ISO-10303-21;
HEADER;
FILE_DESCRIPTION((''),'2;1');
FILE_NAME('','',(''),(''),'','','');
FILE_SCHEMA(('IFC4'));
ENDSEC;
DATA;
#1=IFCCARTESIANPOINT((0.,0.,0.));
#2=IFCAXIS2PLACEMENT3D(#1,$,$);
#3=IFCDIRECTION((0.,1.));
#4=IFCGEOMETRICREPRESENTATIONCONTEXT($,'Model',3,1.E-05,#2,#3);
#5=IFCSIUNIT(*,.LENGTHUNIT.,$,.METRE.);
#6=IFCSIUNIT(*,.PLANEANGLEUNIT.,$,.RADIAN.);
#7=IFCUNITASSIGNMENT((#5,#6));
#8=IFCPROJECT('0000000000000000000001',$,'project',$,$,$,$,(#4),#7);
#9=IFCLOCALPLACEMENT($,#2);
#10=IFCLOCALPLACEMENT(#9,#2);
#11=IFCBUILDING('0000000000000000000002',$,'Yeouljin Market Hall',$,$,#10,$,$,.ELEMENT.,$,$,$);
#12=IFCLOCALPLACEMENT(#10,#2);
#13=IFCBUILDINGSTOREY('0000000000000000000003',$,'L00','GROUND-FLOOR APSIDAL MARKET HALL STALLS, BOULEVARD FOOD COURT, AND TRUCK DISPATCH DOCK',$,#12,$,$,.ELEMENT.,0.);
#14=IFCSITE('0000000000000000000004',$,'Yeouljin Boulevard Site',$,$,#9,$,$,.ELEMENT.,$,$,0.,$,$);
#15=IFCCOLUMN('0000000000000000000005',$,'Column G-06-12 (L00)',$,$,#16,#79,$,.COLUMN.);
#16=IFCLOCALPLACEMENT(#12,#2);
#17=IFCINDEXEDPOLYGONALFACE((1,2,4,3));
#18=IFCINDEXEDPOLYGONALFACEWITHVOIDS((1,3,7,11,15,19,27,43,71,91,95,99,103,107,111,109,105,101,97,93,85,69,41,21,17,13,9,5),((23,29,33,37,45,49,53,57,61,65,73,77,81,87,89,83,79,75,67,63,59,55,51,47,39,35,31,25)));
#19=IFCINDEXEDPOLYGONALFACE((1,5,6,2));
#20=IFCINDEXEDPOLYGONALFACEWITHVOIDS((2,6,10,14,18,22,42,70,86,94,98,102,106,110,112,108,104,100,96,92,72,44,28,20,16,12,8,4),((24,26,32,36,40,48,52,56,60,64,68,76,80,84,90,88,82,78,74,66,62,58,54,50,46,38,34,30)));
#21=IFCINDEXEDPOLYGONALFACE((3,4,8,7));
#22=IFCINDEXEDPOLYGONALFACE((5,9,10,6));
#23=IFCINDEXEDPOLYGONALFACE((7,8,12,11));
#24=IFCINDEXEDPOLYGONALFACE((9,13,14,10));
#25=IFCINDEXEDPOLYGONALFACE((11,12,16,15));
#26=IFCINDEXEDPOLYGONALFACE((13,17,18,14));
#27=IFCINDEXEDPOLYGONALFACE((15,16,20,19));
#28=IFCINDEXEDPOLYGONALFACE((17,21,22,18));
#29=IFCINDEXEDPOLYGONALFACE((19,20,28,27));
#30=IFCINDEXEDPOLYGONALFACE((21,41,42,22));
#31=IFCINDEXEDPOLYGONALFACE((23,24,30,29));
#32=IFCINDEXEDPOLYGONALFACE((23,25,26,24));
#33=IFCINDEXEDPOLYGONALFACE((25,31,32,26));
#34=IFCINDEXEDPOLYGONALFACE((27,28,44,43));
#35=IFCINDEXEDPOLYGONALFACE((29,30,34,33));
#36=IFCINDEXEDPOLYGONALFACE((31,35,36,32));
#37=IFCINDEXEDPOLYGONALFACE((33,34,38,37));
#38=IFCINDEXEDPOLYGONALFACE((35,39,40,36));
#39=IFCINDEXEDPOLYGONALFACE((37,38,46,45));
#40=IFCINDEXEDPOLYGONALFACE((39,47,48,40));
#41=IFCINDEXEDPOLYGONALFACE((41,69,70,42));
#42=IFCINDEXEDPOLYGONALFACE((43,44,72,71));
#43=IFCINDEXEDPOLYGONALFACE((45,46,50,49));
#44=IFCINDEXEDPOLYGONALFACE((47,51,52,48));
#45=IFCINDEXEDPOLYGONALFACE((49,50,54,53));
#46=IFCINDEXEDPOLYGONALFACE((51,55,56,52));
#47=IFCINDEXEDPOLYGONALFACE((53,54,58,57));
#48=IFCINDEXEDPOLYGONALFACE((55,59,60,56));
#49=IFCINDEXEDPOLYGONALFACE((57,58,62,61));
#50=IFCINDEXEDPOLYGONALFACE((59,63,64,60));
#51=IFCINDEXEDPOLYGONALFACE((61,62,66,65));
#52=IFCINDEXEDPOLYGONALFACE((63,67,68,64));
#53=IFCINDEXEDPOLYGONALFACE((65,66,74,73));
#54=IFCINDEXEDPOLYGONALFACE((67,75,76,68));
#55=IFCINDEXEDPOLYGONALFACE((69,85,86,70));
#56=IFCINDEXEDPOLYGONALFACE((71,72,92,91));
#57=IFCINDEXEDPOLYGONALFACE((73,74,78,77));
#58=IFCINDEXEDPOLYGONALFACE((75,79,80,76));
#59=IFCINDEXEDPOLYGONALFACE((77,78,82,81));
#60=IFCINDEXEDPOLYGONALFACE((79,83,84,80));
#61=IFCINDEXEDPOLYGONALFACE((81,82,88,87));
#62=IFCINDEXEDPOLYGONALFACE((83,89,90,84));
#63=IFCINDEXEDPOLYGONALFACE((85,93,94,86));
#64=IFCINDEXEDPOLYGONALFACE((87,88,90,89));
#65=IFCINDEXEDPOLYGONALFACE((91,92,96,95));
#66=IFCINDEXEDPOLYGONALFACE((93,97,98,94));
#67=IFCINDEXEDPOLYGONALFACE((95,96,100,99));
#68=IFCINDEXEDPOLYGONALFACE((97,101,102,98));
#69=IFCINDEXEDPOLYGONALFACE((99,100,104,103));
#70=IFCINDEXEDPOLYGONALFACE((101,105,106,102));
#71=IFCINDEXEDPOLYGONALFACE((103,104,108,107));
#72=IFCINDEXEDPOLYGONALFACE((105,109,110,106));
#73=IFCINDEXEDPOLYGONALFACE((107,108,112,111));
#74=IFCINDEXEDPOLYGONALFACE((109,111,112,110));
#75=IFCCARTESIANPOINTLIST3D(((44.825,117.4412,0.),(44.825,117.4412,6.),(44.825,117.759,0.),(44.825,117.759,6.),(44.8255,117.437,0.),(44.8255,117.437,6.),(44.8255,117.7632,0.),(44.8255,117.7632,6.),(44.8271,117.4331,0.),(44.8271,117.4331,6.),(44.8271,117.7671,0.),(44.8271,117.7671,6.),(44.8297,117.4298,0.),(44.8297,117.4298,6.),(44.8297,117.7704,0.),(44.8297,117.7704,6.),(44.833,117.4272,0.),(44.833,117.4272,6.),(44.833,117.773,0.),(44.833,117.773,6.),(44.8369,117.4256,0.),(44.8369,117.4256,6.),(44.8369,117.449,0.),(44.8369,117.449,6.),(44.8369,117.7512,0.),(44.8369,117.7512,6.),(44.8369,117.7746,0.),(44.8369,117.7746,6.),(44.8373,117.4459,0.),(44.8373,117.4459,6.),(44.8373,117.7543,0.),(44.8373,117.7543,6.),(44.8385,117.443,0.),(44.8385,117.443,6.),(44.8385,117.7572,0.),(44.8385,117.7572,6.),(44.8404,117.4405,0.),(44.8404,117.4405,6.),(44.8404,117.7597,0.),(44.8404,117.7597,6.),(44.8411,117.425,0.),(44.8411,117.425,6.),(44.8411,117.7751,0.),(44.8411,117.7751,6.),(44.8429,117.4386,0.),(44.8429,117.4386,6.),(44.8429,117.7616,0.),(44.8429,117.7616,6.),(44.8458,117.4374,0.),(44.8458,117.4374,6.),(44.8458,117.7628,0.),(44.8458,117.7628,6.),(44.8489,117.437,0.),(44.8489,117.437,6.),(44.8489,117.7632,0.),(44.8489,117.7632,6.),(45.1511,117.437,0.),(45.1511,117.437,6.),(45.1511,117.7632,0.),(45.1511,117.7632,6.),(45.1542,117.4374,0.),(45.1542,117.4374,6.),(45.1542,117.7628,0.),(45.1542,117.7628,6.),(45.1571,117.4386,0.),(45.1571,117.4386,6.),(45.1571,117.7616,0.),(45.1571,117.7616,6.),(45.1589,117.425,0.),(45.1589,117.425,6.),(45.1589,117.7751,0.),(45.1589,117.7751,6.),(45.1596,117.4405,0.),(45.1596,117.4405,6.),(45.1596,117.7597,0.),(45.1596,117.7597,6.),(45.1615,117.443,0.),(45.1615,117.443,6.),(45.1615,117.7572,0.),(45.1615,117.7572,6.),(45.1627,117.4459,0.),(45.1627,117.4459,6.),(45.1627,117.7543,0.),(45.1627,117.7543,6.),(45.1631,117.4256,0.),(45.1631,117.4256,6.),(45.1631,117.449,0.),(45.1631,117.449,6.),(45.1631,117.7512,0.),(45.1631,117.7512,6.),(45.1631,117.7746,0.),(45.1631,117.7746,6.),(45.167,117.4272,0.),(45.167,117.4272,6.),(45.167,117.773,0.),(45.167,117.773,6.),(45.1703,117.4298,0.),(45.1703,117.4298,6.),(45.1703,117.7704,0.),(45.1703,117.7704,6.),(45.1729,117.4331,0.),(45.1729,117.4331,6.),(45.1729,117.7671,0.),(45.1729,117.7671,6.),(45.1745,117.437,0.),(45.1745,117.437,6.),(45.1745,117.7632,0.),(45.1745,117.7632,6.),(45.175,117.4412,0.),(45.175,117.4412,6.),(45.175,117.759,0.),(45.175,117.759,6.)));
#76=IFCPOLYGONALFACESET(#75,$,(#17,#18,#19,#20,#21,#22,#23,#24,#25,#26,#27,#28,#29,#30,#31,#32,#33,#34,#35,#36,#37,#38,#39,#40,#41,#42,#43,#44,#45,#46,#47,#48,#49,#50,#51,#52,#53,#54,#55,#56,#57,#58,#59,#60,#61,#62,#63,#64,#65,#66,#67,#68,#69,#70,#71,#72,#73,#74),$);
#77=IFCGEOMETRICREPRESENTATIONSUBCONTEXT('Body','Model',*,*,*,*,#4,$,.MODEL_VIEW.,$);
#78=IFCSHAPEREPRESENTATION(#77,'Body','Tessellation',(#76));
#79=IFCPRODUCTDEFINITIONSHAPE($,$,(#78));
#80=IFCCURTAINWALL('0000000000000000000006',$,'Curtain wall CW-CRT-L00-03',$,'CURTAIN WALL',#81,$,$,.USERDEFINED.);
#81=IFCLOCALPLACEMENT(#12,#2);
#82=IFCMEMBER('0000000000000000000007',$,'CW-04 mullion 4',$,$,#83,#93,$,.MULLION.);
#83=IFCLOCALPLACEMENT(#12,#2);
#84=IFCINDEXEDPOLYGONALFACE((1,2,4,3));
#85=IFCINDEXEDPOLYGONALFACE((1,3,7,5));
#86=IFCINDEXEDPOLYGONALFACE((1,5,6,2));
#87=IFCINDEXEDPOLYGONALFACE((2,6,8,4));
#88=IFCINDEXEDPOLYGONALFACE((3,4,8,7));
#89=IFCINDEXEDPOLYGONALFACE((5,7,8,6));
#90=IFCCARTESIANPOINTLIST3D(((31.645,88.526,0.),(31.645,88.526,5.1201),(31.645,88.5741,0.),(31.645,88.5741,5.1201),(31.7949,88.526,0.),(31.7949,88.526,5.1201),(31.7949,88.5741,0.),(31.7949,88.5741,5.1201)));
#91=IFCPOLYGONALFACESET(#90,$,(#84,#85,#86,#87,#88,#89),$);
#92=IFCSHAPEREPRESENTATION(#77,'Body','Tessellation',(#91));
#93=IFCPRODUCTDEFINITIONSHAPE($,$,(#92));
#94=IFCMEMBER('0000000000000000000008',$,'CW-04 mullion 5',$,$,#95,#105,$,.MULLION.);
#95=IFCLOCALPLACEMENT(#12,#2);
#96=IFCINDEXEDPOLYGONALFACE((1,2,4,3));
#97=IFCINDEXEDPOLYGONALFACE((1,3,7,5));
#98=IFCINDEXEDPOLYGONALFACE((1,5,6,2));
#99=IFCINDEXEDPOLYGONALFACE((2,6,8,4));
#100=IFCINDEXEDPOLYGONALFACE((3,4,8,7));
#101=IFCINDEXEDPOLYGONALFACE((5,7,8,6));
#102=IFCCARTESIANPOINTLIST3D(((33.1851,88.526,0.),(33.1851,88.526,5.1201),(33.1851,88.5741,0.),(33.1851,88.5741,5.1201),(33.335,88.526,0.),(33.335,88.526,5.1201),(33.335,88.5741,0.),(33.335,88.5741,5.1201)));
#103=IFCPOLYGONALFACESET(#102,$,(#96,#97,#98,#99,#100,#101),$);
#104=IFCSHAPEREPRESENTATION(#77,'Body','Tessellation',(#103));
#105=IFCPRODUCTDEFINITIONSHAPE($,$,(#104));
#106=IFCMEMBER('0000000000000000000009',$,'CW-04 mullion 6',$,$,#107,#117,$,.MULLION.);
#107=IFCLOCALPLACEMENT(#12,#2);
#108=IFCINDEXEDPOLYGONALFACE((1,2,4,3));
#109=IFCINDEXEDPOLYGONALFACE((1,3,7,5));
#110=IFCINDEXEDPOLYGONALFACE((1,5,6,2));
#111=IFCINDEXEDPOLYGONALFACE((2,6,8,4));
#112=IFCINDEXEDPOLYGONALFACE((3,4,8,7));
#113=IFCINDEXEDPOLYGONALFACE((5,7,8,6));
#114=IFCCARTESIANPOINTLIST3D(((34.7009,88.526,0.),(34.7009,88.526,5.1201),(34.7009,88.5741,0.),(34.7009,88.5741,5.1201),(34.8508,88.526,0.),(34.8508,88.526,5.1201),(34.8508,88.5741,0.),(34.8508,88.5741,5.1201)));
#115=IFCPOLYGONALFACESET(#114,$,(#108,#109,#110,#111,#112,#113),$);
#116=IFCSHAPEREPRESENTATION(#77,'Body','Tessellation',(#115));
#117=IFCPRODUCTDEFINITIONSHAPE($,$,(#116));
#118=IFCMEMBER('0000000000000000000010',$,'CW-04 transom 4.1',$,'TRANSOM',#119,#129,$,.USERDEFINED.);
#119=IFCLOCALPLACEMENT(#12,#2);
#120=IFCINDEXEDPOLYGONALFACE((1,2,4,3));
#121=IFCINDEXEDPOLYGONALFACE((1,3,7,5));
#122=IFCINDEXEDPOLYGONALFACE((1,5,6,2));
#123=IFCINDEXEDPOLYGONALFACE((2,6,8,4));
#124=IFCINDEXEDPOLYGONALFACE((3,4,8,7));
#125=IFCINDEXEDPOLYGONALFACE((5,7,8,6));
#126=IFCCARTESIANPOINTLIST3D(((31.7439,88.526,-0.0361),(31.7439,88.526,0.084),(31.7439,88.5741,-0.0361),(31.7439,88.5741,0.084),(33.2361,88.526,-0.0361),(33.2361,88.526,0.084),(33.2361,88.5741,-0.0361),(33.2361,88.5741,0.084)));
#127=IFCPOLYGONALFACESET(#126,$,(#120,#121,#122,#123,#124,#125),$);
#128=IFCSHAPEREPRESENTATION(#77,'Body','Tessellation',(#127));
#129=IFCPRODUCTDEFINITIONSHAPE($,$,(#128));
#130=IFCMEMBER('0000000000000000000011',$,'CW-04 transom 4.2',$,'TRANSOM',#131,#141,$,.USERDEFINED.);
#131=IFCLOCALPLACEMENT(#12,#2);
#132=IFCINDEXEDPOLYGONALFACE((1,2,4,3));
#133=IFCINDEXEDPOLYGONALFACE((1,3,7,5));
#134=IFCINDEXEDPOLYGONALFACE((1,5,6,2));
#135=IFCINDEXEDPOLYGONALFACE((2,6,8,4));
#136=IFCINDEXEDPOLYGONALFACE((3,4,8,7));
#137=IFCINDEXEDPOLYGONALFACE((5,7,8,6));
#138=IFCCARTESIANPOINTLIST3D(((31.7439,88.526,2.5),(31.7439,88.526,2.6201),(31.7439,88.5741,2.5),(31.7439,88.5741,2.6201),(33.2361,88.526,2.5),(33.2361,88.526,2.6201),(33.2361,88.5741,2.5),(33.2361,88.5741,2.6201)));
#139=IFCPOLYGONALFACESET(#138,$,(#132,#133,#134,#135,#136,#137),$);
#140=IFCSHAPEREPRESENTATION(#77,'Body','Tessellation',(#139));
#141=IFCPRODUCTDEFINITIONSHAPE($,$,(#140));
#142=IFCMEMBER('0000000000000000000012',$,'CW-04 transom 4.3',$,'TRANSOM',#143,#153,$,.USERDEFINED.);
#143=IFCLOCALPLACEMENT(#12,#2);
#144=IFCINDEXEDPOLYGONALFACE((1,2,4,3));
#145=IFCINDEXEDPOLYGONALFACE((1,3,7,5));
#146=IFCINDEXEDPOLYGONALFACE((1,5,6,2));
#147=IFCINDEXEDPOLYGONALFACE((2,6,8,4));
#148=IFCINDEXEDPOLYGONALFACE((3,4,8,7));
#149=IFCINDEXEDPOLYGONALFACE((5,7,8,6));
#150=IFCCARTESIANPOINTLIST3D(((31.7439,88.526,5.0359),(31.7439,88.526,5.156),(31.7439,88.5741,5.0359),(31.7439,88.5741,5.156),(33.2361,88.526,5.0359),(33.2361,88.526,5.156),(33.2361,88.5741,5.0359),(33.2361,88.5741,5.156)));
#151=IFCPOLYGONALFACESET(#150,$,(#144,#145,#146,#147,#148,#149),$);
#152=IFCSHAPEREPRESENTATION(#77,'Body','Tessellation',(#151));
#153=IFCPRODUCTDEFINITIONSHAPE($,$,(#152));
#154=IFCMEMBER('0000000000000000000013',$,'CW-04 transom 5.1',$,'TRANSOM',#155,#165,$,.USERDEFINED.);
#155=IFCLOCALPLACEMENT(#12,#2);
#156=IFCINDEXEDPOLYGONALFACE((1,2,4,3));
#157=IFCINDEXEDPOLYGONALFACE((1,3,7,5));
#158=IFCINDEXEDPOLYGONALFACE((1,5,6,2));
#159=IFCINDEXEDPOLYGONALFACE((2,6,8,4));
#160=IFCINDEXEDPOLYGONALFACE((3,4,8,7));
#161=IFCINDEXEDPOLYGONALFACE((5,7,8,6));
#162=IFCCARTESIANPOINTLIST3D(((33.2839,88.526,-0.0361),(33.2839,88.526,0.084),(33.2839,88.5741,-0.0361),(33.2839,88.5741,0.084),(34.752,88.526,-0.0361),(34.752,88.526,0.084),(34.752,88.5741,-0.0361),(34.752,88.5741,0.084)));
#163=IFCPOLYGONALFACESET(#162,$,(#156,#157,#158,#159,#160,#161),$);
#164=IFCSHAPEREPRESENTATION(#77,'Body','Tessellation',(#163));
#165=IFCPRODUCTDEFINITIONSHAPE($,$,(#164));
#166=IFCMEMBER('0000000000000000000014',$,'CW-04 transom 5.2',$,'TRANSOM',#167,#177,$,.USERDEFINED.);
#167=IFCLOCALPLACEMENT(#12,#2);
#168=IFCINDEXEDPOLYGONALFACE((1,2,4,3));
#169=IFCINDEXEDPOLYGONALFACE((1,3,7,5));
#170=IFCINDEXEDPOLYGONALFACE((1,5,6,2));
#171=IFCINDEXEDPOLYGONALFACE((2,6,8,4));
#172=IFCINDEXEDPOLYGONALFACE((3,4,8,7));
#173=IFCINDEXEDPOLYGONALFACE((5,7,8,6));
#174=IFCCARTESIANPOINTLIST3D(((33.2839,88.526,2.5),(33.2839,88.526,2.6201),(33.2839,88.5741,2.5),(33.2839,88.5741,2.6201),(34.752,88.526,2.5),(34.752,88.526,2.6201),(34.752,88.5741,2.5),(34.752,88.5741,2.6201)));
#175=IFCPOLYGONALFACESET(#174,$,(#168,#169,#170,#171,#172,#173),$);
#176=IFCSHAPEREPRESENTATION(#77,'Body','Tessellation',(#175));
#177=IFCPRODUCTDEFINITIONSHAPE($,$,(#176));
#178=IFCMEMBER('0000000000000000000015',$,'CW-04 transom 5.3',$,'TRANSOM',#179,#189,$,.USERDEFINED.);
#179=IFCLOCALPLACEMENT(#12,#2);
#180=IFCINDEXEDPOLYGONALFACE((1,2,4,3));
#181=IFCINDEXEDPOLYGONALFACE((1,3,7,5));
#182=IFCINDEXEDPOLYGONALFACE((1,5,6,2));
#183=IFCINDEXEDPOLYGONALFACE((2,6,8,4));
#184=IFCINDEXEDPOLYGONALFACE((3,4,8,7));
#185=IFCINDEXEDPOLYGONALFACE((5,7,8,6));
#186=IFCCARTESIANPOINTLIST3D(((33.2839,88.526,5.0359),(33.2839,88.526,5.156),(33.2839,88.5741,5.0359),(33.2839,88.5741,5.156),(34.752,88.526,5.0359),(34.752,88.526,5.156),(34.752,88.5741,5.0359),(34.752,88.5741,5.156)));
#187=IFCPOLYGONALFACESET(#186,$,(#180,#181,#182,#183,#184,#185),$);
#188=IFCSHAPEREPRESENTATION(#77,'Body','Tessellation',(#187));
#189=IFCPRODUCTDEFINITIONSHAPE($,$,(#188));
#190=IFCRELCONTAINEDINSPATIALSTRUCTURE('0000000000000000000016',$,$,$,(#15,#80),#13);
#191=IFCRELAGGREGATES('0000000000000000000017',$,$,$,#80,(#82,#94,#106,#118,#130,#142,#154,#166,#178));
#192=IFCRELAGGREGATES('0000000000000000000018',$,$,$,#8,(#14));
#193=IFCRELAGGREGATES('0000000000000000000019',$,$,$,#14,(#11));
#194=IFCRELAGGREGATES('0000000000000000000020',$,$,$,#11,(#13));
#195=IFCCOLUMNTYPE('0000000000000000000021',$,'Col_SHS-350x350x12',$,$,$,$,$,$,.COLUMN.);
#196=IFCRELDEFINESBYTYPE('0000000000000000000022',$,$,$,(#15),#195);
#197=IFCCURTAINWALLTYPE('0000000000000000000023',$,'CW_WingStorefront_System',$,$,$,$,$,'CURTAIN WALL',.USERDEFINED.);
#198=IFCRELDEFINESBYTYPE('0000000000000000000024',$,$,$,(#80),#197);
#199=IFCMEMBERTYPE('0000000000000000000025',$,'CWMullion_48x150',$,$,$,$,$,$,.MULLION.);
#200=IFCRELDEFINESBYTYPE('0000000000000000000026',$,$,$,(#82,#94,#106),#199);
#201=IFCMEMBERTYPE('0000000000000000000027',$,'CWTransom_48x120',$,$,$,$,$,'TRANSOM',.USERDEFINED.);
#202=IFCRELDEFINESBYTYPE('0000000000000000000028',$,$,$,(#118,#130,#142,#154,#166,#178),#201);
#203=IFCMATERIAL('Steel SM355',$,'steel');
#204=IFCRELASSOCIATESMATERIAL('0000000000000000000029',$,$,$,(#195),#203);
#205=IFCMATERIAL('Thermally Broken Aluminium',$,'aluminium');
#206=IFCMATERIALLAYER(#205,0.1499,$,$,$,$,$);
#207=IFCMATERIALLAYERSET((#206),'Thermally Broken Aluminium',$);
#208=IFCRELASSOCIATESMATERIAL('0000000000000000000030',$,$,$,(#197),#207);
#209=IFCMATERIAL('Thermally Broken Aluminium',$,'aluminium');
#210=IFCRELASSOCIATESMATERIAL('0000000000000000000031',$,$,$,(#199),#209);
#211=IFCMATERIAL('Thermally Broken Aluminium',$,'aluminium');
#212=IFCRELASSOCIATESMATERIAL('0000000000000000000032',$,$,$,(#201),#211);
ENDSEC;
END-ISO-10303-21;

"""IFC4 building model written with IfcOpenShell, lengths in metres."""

from ifc_helpers import new_model, si_unit, direction, frame, origin, origin_2d, place, context, subcontext, project, spatial, rectangle, hollow_rectangle, extrude, material, layer, layer_set, material_profile, profile_set, type_object, element, aggregate, save


model = new_model("IFC4")

# Units and contexts
model_context = context("Model", 3, precision=1e-05, world=origin(), true_north=direction((0.0, 1.0)))
body_context = subcontext(model_context, "Body", "Model", "MODEL_VIEW")
ifc_project = project(units=[si_unit("LENGTHUNIT", "METRE"), si_unit("PLANEANGLEUNIT", "RADIAN")], contexts=[model_context])

# Site, building, storey
site_placement = place(None, origin())
site = spatial("IfcSite", under=ifc_project, at=site_placement, Name="Yeouljin Boulevard Site", CompositionType="ELEMENT", RefElevation=0.0)
building_placement = place(site_placement, origin())
building = spatial("IfcBuilding", under=site, at=building_placement, Name="Yeouljin Market Hall", CompositionType="ELEMENT")
storey_placement = place(building_placement, origin())
storey = spatial("IfcBuildingStorey", under=building, at=storey_placement, Name="L00", Description="GROUND-FLOOR APSIDAL MARKET HALL STALLS, BOULEVARD FOOD COURT, AND TRUCK DISPATCH DOCK", CompositionType="ELEMENT", Elevation=0.0)

# Column
ifc_material_1 = material(Name="Steel SM355", Category="steel")
ifc_material_profile_1 = material_profile(ifc_material_1, hollow_rectangle(XDim=0.3501, YDim=0.3501, WallThickness=0.012, InnerFilletRadius=0.012, OuterFilletRadius=0.0161, at=origin_2d()), Name="SHS-350x350x12")
ifc_profile_set_1 = profile_set([ifc_material_profile_1], Name="Steel SM355")
column_type_1 = type_object("IfcColumnType", Name="Col_SHS-350x350x12", PredefinedType="COLUMN", material=ifc_profile_set_1)
for number, where, z_axis, x_axis, name in (
    (1, (45.0, 117.6001, 0.0), (0.0, 0.0, 1.0), (1.0, 0.0, 0.0), "Column G-06-12 (L00)"),
):
    element("IfcColumn", number, at=place(storey_placement, frame(where, z_axis=z_axis, x_axis=x_axis)), inside=storey, type_object=column_type_1, Name=name, PredefinedType="COLUMN", context=body_context, shape_type="SweptSolid", body=[
        extrude(hollow_rectangle(XDim=0.3501, YDim=0.3501, WallThickness=0.012, InnerFilletRadius=0.012, OuterFilletRadius=0.0161, at=origin_2d()), origin(), (0.0, 0.0, 1.0), 6.0),
    ])

# Curtain wall, members
ifc_material_2 = material(Name="Thermally Broken Aluminium", Category="aluminium")
ifc_layer_1 = layer(ifc_material_2, 0.1499)
ifc_layer_set_1 = layer_set([ifc_layer_1], Name="Thermally Broken Aluminium")
curtain_wall_type = type_object("IfcCurtainWallType", Name="CW_WingStorefront_System", ElementType="CURTAIN WALL", PredefinedType="USERDEFINED", material=ifc_layer_set_1)
curtain_wall_placement = place(storey_placement, origin())
curtain_wall = element("IfcCurtainWall", 2, at=curtain_wall_placement, inside=storey, type_object=curtain_wall_type, Name="Curtain wall CW-CRT-L00-03", ObjectType="CURTAIN WALL", PredefinedType="USERDEFINED")
ifc_material_3 = material(Name="Thermally Broken Aluminium", Category="aluminium")
ifc_material_profile_2 = material_profile(ifc_material_3, rectangle(XDim=0.0481, YDim=0.1499, at=origin_2d()), Name="CW-MULL-48x150")
ifc_profile_set_2 = profile_set([ifc_material_profile_2], Name="Thermally Broken Aluminium")
member_type_1 = type_object("IfcMemberType", Name="CWMullion_48x150", PredefinedType="MULLION", material=ifc_profile_set_2)
member_1_placement = place(storey_placement, frame((31.72, 88.55, 0.0), z_axis=(0.0, 0.0, 1.0), x_axis=(0.0, 1.0, 0.0)))
member_1 = element("IfcMember", 3, at=member_1_placement, type_object=member_type_1, Name="CW-04 mullion 4", PredefinedType="MULLION", context=body_context, shape_type="SweptSolid", body=[
    extrude(rectangle(XDim=0.0481, YDim=0.1499, at=origin_2d()), origin(), (0.0, 0.0, 1.0), 5.1201),
])
member_2_placement = place(storey_placement, frame((33.26, 88.55, 0.0), z_axis=(0.0, 0.0, 1.0), x_axis=(0.0, 1.0, 0.0)))
member_2 = element("IfcMember", 4, at=member_2_placement, type_object=member_type_1, Name="CW-04 mullion 5", PredefinedType="MULLION", context=body_context, shape_type="SweptSolid", body=[
    extrude(rectangle(XDim=0.0481, YDim=0.1499, at=origin_2d()), origin(), (0.0, 0.0, 1.0), 5.1201),
])
member_3_placement = place(storey_placement, frame((34.7759, 88.55, 0.0), z_axis=(0.0, 0.0, 1.0), x_axis=(0.0, 1.0, 0.0)))
member_3 = element("IfcMember", 5, at=member_3_placement, type_object=member_type_1, Name="CW-04 mullion 6", PredefinedType="MULLION", context=body_context, shape_type="SweptSolid", body=[
    extrude(rectangle(XDim=0.0481, YDim=0.1499, at=origin_2d()), origin(), (0.0, 0.0, 1.0), 5.1201),
])
ifc_material_4 = material(Name="Thermally Broken Aluminium", Category="aluminium")
ifc_material_profile_3 = material_profile(ifc_material_4, rectangle(XDim=0.0481, YDim=0.1201, at=origin_2d()), Name="CW-TRAN-48x120")
ifc_profile_set_3 = profile_set([ifc_material_profile_3], Name="Thermally Broken Aluminium")
member_type_2 = type_object("IfcMemberType", Name="CWTransom_48x120", ElementType="TRANSOM", PredefinedType="USERDEFINED", material=ifc_profile_set_3)
member_4_placement = place(storey_placement, frame((31.7439, 88.55, 0.0239), z_axis=(1.0, 0.0, 0.0), x_axis=(0.0, 1.0, 0.0)))
member_4 = element("IfcMember", 6, at=member_4_placement, type_object=member_type_2, Name="CW-04 transom 4.1", ObjectType="TRANSOM", PredefinedType="USERDEFINED", context=body_context, shape_type="SweptSolid", body=[
    extrude(rectangle(XDim=0.0481, YDim=0.1201, at=origin_2d()), origin(), (0.0, 0.0, 1.0), 1.4922),
])
member_5_placement = place(storey_placement, frame((31.7439, 88.55, 2.5601), z_axis=(1.0, 0.0, 0.0), x_axis=(0.0, 1.0, 0.0)))
member_5 = element("IfcMember", 7, at=member_5_placement, type_object=member_type_2, Name="CW-04 transom 4.2", ObjectType="TRANSOM", PredefinedType="USERDEFINED", context=body_context, shape_type="SweptSolid", body=[
    extrude(rectangle(XDim=0.0481, YDim=0.1201, at=origin_2d()), origin(), (0.0, 0.0, 1.0), 1.4922),
])
member_6_placement = place(storey_placement, frame((31.7439, 88.55, 5.0959), z_axis=(1.0, 0.0, 0.0), x_axis=(0.0, 1.0, 0.0)))
member_6 = element("IfcMember", 8, at=member_6_placement, type_object=member_type_2, Name="CW-04 transom 4.3", ObjectType="TRANSOM", PredefinedType="USERDEFINED", context=body_context, shape_type="SweptSolid", body=[
    extrude(rectangle(XDim=0.0481, YDim=0.1201, at=origin_2d()), origin(), (0.0, 0.0, 1.0), 1.4922),
])
member_7_placement = place(storey_placement, frame((33.2839, 88.55, 0.0239), z_axis=(1.0, 0.0, 0.0), x_axis=(0.0, 1.0, 0.0)))
member_7 = element("IfcMember", 9, at=member_7_placement, type_object=member_type_2, Name="CW-04 transom 5.1", ObjectType="TRANSOM", PredefinedType="USERDEFINED", context=body_context, shape_type="SweptSolid", body=[
    extrude(rectangle(XDim=0.0481, YDim=0.1201, at=origin_2d()), origin(), (0.0, 0.0, 1.0), 1.468),
])
member_8_placement = place(storey_placement, frame((33.2839, 88.55, 2.5601), z_axis=(1.0, 0.0, 0.0), x_axis=(0.0, 1.0, 0.0)))
member_8 = element("IfcMember", 10, at=member_8_placement, type_object=member_type_2, Name="CW-04 transom 5.2", ObjectType="TRANSOM", PredefinedType="USERDEFINED", context=body_context, shape_type="SweptSolid", body=[
    extrude(rectangle(XDim=0.0481, YDim=0.1201, at=origin_2d()), origin(), (0.0, 0.0, 1.0), 1.468),
])
member_9_placement = place(storey_placement, frame((33.2839, 88.55, 5.0959), z_axis=(1.0, 0.0, 0.0), x_axis=(0.0, 1.0, 0.0)))
member_9 = element("IfcMember", 11, at=member_9_placement, type_object=member_type_2, Name="CW-04 transom 5.3", ObjectType="TRANSOM", PredefinedType="USERDEFINED", context=body_context, shape_type="SweptSolid", body=[
    extrude(rectangle(XDim=0.0481, YDim=0.1201, at=origin_2d()), origin(), (0.0, 0.0, 1.0), 1.468),
])
aggregate(curtain_wall, [member_1, member_2, member_3, member_4, member_5, member_6, member_7, member_8, member_9])

save(model, "model.ifc")
